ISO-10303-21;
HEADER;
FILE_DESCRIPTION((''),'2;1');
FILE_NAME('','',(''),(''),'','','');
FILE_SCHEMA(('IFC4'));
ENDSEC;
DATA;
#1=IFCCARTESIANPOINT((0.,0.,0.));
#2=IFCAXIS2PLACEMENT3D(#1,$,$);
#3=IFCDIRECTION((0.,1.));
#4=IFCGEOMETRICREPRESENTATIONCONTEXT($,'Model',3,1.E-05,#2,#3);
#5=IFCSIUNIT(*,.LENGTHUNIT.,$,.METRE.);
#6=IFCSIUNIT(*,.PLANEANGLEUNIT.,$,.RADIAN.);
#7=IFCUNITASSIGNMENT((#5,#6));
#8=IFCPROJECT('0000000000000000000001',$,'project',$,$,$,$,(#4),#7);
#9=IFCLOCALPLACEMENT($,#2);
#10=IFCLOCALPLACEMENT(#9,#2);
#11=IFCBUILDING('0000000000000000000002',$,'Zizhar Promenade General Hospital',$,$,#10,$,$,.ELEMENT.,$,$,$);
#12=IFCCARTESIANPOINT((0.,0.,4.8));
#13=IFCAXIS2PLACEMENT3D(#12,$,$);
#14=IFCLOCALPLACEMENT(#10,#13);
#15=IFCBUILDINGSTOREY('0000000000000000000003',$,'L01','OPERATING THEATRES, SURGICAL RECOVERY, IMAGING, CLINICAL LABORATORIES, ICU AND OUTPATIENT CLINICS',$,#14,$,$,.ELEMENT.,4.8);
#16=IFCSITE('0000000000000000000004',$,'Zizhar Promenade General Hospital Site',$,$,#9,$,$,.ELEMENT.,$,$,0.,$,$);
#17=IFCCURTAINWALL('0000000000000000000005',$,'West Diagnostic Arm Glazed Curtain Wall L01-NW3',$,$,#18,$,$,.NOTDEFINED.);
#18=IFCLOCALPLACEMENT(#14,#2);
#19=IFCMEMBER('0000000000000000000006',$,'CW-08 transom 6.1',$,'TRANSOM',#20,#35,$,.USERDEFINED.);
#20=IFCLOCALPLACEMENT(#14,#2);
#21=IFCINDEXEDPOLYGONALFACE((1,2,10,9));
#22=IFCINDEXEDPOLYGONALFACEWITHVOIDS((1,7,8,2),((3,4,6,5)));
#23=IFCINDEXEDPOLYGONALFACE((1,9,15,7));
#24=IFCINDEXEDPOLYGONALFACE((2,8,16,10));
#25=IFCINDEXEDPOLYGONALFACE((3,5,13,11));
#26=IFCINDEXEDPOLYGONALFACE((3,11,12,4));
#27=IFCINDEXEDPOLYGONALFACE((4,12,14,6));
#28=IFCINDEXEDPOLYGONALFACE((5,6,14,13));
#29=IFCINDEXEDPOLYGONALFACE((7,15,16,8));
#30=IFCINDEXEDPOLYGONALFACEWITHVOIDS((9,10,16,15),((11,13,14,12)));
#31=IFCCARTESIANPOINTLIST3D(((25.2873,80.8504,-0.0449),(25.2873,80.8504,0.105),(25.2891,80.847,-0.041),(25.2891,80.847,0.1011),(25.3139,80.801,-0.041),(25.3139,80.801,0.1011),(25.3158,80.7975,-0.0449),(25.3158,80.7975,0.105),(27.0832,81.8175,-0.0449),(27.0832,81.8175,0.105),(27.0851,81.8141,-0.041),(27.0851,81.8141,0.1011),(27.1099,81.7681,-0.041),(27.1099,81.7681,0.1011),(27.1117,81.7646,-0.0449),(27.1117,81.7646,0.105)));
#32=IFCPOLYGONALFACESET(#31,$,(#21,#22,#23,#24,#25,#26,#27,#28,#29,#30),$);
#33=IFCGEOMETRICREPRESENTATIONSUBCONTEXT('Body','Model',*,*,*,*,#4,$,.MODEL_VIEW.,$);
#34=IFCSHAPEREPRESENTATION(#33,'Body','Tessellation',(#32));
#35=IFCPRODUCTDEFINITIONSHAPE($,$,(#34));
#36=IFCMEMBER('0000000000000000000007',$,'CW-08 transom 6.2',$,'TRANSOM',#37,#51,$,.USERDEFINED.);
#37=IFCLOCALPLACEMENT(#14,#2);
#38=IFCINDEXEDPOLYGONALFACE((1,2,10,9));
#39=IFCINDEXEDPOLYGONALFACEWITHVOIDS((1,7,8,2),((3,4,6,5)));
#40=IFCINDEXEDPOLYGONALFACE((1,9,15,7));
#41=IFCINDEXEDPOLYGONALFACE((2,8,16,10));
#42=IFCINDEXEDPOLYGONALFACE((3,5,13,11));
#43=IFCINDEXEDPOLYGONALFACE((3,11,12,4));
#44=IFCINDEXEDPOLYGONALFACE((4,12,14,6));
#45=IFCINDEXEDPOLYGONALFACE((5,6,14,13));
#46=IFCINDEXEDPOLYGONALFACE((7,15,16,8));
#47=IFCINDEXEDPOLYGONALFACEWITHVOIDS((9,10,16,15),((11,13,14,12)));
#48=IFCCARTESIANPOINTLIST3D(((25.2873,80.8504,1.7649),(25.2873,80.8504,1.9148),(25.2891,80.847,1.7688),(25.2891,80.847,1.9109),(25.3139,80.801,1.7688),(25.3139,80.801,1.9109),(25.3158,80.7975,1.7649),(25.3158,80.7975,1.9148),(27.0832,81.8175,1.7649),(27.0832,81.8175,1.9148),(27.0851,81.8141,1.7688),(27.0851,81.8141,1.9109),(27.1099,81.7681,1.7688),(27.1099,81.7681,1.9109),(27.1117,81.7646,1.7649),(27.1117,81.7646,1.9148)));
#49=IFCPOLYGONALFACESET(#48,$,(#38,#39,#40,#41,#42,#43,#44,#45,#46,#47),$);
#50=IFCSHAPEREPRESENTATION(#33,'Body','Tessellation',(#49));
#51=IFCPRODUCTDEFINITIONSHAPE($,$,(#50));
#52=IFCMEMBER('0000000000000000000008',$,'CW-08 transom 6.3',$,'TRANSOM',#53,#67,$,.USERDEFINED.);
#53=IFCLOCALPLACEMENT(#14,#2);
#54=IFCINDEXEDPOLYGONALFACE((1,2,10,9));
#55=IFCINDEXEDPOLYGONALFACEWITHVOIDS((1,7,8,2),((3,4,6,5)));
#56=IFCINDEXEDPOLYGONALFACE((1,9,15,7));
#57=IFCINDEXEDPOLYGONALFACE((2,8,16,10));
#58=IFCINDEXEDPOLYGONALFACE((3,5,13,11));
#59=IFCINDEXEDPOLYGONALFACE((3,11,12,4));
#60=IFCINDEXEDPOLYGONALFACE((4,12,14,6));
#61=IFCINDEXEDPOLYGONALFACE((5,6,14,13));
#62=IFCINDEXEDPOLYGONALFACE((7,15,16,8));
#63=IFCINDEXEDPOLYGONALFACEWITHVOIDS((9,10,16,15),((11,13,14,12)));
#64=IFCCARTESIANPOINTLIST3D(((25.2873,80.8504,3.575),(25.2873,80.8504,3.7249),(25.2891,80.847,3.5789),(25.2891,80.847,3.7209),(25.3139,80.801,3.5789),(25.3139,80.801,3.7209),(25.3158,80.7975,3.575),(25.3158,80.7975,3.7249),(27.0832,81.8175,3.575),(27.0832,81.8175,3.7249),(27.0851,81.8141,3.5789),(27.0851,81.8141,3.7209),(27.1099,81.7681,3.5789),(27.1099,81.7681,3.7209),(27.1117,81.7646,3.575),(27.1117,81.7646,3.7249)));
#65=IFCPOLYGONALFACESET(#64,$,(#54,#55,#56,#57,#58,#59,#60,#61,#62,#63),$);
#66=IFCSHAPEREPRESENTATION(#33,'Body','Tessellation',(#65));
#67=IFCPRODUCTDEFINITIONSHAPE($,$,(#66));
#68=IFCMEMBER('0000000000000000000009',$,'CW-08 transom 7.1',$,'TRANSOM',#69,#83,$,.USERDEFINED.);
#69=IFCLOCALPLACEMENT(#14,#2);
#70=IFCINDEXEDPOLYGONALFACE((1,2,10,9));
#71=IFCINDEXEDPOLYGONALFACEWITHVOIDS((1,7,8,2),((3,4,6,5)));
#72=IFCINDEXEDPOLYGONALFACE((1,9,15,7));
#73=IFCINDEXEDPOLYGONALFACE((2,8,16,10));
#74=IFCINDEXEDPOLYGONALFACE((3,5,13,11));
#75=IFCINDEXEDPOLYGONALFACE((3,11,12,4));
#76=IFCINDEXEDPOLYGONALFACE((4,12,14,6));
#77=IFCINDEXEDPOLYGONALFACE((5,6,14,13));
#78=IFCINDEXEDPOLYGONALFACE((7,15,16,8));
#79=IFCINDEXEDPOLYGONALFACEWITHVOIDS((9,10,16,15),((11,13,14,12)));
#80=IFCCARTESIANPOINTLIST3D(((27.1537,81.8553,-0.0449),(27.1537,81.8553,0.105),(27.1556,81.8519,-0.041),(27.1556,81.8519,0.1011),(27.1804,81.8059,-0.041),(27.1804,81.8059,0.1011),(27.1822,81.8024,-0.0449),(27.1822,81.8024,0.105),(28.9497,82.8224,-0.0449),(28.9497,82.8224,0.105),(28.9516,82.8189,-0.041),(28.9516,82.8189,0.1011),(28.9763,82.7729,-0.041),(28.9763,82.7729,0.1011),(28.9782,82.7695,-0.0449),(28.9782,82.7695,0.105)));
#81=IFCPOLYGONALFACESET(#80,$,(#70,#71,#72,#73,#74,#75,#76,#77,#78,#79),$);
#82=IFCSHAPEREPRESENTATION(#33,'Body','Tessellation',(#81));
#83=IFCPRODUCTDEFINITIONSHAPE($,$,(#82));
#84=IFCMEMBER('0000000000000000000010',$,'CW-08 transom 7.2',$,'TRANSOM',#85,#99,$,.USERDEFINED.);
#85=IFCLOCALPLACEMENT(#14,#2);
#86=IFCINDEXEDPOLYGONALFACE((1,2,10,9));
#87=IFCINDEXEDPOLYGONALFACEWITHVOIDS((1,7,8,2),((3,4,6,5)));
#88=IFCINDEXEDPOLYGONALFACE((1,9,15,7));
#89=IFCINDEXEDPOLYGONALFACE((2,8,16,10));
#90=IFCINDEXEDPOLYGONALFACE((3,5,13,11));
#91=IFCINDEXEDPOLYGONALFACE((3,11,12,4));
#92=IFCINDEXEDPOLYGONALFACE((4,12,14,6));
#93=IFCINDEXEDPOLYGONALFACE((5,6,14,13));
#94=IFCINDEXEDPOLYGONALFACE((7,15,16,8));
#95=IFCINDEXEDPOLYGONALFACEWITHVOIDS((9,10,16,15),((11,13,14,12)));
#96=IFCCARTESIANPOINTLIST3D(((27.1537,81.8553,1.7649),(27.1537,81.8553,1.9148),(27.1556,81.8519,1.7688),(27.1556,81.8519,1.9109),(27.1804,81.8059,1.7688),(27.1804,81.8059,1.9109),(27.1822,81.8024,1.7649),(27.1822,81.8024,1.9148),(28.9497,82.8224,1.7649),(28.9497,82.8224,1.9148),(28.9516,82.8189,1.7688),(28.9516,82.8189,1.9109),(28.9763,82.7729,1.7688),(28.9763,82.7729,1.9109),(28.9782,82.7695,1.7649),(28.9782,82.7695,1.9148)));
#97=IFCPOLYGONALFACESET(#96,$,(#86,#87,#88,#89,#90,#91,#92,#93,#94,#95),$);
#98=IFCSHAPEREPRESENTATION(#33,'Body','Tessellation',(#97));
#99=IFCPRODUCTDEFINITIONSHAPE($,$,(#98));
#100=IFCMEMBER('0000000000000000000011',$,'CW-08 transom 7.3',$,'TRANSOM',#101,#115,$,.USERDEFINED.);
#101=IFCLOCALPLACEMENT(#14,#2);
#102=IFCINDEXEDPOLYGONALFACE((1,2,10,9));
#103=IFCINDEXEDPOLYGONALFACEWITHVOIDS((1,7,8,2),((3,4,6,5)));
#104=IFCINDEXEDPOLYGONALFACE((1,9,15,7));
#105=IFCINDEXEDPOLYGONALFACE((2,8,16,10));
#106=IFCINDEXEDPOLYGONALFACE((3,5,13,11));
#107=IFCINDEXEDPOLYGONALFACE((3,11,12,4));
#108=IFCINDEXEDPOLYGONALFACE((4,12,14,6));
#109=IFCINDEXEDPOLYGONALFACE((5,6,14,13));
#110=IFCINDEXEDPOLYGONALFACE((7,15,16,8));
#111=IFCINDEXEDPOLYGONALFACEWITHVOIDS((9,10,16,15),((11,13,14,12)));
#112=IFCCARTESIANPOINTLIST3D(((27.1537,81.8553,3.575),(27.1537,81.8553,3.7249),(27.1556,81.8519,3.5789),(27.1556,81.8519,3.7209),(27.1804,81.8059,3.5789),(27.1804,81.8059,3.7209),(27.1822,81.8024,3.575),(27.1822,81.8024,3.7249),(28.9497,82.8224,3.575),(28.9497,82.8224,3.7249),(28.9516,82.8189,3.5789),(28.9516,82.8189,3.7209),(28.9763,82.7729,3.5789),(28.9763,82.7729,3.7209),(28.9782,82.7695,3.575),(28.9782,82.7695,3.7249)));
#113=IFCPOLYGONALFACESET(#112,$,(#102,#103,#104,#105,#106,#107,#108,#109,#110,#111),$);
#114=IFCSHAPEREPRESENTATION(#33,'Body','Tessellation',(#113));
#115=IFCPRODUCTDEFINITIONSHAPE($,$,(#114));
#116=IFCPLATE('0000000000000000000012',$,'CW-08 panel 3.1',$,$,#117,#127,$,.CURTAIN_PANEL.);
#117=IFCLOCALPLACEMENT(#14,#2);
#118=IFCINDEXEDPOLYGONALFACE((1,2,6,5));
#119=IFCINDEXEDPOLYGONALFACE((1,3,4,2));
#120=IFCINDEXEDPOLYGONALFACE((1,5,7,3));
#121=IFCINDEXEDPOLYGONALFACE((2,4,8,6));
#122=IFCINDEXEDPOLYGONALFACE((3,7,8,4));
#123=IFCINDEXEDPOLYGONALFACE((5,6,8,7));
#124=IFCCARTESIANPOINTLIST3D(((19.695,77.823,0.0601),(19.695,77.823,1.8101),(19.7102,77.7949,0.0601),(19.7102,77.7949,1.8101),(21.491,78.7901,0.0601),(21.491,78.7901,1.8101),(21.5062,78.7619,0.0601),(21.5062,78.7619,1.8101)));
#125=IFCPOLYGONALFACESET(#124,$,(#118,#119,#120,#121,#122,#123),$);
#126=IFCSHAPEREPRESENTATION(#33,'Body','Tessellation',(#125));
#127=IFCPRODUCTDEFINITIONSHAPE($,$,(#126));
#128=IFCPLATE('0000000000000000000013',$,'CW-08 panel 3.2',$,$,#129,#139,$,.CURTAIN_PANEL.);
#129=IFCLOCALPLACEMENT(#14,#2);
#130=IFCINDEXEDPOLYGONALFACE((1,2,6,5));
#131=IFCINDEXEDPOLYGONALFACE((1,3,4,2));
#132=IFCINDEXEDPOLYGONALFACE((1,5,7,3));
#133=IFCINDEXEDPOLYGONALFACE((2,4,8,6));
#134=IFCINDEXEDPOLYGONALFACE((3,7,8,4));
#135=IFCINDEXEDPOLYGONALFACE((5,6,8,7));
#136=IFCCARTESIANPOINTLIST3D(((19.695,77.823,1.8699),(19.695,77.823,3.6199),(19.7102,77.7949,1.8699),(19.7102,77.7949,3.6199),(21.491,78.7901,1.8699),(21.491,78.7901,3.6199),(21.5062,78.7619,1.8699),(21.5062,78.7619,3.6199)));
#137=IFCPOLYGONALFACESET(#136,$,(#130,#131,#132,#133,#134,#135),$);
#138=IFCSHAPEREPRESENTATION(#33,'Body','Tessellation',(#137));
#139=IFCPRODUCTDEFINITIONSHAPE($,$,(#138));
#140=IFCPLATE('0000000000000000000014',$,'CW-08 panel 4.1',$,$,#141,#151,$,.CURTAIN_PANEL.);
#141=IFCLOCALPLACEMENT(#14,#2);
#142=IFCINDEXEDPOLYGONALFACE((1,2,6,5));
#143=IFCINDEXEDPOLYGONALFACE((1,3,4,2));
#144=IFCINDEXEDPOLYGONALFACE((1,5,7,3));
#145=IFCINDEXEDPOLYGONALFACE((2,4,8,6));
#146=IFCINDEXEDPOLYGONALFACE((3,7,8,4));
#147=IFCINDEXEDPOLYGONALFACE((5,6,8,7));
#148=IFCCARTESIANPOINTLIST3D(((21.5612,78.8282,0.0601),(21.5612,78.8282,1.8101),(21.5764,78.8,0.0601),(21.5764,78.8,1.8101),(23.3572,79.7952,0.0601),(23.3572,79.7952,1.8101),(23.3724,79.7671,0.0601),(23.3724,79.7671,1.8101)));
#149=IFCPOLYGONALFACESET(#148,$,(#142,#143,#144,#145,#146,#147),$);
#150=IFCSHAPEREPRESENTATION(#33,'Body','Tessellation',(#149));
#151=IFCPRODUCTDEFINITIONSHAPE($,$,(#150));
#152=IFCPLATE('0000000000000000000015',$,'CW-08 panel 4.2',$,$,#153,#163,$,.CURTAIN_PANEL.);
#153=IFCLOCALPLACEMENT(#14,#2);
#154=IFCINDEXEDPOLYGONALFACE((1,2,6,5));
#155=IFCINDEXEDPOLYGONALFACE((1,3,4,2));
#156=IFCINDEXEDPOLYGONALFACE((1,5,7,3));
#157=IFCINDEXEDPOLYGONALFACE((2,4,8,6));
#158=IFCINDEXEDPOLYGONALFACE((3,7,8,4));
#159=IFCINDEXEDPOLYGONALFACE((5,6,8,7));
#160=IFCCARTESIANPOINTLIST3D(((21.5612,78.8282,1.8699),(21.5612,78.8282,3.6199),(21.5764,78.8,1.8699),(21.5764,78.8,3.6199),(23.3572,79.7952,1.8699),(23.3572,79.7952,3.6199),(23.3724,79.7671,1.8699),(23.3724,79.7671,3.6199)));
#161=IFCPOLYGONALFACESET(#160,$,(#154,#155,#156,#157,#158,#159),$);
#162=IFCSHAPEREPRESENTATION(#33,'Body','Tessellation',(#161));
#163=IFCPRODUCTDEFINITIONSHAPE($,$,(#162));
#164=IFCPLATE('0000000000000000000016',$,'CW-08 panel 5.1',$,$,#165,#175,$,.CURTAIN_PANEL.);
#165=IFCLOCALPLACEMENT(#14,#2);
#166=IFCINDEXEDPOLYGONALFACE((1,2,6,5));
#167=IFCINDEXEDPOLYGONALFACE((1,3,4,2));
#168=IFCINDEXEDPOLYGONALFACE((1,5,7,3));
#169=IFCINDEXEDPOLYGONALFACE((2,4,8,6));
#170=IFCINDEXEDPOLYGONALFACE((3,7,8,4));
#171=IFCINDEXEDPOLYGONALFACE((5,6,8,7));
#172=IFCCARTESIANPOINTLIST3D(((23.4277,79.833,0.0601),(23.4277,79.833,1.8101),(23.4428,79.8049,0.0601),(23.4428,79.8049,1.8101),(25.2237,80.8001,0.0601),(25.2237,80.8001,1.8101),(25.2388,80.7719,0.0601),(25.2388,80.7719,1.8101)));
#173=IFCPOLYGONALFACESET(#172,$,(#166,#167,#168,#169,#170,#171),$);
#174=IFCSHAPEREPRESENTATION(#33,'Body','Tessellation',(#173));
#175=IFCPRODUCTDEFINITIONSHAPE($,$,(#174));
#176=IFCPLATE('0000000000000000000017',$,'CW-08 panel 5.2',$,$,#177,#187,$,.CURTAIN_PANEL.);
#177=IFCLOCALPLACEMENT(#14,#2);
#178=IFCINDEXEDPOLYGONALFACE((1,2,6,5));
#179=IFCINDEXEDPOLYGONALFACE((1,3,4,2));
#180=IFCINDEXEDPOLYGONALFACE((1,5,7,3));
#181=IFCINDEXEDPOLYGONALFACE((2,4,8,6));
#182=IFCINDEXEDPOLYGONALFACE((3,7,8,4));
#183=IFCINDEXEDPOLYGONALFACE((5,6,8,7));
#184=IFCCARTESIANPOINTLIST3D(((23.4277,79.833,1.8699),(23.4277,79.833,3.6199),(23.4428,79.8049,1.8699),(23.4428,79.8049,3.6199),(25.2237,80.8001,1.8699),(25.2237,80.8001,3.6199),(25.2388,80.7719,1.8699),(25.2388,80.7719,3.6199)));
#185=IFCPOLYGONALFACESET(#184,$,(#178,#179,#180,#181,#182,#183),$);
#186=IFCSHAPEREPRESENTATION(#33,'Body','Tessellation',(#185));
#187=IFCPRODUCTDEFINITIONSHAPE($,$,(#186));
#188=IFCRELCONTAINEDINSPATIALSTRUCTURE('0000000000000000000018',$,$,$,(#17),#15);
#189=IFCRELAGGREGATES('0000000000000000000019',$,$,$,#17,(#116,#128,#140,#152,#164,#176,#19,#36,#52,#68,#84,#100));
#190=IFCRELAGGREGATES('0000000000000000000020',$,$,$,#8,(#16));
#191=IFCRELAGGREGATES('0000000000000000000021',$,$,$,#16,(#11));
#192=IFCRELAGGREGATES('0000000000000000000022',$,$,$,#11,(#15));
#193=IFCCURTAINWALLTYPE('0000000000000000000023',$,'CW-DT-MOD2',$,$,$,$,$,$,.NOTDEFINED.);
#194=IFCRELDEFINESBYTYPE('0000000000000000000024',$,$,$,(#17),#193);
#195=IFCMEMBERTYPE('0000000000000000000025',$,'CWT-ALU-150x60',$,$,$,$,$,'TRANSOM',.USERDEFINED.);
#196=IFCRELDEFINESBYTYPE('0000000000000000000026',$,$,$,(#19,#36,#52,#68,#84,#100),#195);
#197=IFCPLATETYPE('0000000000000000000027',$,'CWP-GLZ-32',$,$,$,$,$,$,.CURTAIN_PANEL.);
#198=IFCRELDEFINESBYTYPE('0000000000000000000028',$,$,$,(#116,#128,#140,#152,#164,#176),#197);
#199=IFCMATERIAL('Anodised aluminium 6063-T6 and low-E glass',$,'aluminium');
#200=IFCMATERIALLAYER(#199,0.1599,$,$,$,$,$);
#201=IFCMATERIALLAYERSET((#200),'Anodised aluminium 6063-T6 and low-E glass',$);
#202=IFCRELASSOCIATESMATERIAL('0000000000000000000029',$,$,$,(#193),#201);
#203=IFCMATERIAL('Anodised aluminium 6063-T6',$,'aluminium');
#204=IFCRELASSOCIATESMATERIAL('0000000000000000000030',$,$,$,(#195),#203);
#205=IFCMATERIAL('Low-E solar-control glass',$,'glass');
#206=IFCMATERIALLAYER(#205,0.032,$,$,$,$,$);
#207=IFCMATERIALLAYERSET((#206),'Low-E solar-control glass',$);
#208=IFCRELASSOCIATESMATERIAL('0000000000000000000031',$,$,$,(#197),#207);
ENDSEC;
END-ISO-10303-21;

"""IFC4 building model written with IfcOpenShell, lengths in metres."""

from ifc_helpers import new_model, si_unit, direction, frame, origin, origin_2d, place, context, subcontext, project, spatial, rectangle, hollow_rectangle, extrude, material, layer, layer_set, material_profile, profile_set, type_object, element, aggregate, save


model = new_model("IFC4")

# Units and contexts
model_context = context("Model", 3, precision=1e-05, world=origin(), true_north=direction((0.0, 1.0)))
body_context = subcontext(model_context, "Body", "Model", "MODEL_VIEW")
ifc_project = project(units=[si_unit("LENGTHUNIT", "METRE"), si_unit("PLANEANGLEUNIT", "RADIAN")], contexts=[model_context])

# Site, building, storey
site_placement = place(None, origin())
site = spatial("IfcSite", under=ifc_project, at=site_placement, Name="Zizhar Promenade General Hospital Site", CompositionType="ELEMENT", RefElevation=0.0)
building_placement = place(site_placement, origin())
building = spatial("IfcBuilding", under=site, at=building_placement, Name="Zizhar Promenade General Hospital", CompositionType="ELEMENT")
storey_placement = place(building_placement, frame((0.0, 0.0, 4.8)))
storey = spatial("IfcBuildingStorey", under=building, at=storey_placement, Name="L01", Description="OPERATING THEATRES, SURGICAL RECOVERY, IMAGING, CLINICAL LABORATORIES, ICU AND OUTPATIENT CLINICS", CompositionType="ELEMENT", Elevation=4.8)

# Curtain wall, members, plates
ifc_material_1 = material(Name="Anodised aluminium 6063-T6 and low-E glass", Category="aluminium")
ifc_layer_1 = layer(ifc_material_1, 0.1599)
ifc_layer_set_1 = layer_set([ifc_layer_1], Name="Anodised aluminium 6063-T6 and low-E glass")
curtain_wall_type = type_object("IfcCurtainWallType", Name="CW-DT-MOD2", PredefinedType="NOTDEFINED", material=ifc_layer_set_1)
curtain_wall_placement = place(storey_placement, origin())
curtain_wall = element("IfcCurtainWall", 1, at=curtain_wall_placement, inside=storey, type_object=curtain_wall_type, Name="West Diagnostic Arm Glazed Curtain Wall L01-NW3", PredefinedType="NOTDEFINED")
ifc_material_2 = material(Name="Anodised aluminium 6063-T6", Category="aluminium")
ifc_material_profile_1 = material_profile(ifc_material_2, hollow_rectangle(XDim=0.0601, YDim=0.1499, WallThickness=0.0039, at=origin_2d()))
ifc_profile_set_1 = profile_set([ifc_material_profile_1], Name="Anodised aluminium 6063-T6")
member_type_1 = type_object("IfcMemberType", Name="CWT-ALU-150x60", ElementType="TRANSOM", PredefinedType="USERDEFINED", material=ifc_profile_set_1)
member_1_placement = place(storey_placement, frame((25.3015, 80.824, 0.03), z_axis=(0.880467, 0.474107, 0.0), x_axis=(-0.474107, 0.880467, 0.0)))
member_1 = element("IfcMember", 2, at=member_1_placement, type_object=member_type_1, Name="CW-08 transom 6.1", ObjectType="TRANSOM", PredefinedType="USERDEFINED", context=body_context, shape_type="SweptSolid", body=[
    extrude(hollow_rectangle(XDim=0.0601, YDim=0.1499, WallThickness=0.0039, at=origin_2d()), origin(), (0.0, 0.0, 1.0), 2.0398),
])
member_2_placement = place(storey_placement, frame((25.3015, 80.824, 1.8398), z_axis=(0.880467, 0.474107, 0.0), x_axis=(-0.474107, 0.880467, 0.0)))
member_2 = element("IfcMember", 3, at=member_2_placement, type_object=member_type_1, Name="CW-08 transom 6.2", ObjectType="TRANSOM", PredefinedType="USERDEFINED", context=body_context, shape_type="SweptSolid", body=[
    extrude(hollow_rectangle(XDim=0.0601, YDim=0.1499, WallThickness=0.0039, at=origin_2d()), origin(), (0.0, 0.0, 1.0), 2.0398),
])
member_3_placement = place(storey_placement, frame((25.3015, 80.824, 3.6499), z_axis=(0.880467, 0.474107, 0.0), x_axis=(-0.474107, 0.880467, 0.0)))
member_3 = element("IfcMember", 4, at=member_3_placement, type_object=member_type_1, Name="CW-08 transom 6.3", ObjectType="TRANSOM", PredefinedType="USERDEFINED", context=body_context, shape_type="SweptSolid", body=[
    extrude(hollow_rectangle(XDim=0.0601, YDim=0.1499, WallThickness=0.0039, at=origin_2d()), origin(), (0.0, 0.0, 1.0), 2.0398),
])
member_4_placement = place(storey_placement, frame((27.168, 81.8289, 0.03), z_axis=(0.880467, 0.474107, 0.0), x_axis=(-0.474107, 0.880467, 0.0)))
member_4 = element("IfcMember", 5, at=member_4_placement, type_object=member_type_1, Name="CW-08 transom 7.1", ObjectType="TRANSOM", PredefinedType="USERDEFINED", context=body_context, shape_type="SweptSolid", body=[
    extrude(hollow_rectangle(XDim=0.0601, YDim=0.1499, WallThickness=0.0039, at=origin_2d()), origin(), (0.0, 0.0, 1.0), 2.0398),
])
member_5_placement = place(storey_placement, frame((27.168, 81.8289, 1.8398), z_axis=(0.880467, 0.474107, 0.0), x_axis=(-0.474107, 0.880467, 0.0)))
member_5 = element("IfcMember", 6, at=member_5_placement, type_object=member_type_1, Name="CW-08 transom 7.2", ObjectType="TRANSOM", PredefinedType="USERDEFINED", context=body_context, shape_type="SweptSolid", body=[
    extrude(hollow_rectangle(XDim=0.0601, YDim=0.1499, WallThickness=0.0039, at=origin_2d()), origin(), (0.0, 0.0, 1.0), 2.0398),
])
member_6_placement = place(storey_placement, frame((27.168, 81.8289, 3.6499), z_axis=(0.880467, 0.474107, 0.0), x_axis=(-0.474107, 0.880467, 0.0)))
member_6 = element("IfcMember", 7, at=member_6_placement, type_object=member_type_1, Name="CW-08 transom 7.3", ObjectType="TRANSOM", PredefinedType="USERDEFINED", context=body_context, shape_type="SweptSolid", body=[
    extrude(hollow_rectangle(XDim=0.0601, YDim=0.1499, WallThickness=0.0039, at=origin_2d()), origin(), (0.0, 0.0, 1.0), 2.0398),
])
ifc_material_3 = material(Name="Low-E solar-control glass", Category="glass")
ifc_layer_2 = layer(ifc_material_3, 0.032)
ifc_layer_set_2 = layer_set([ifc_layer_2], Name="Low-E solar-control glass")
plate_type = type_object("IfcPlateType", Name="CWP-GLZ-32", PredefinedType="CURTAIN_PANEL", material=ifc_layer_set_2)
plate_1_placement = place(storey_placement, frame((20.6006, 78.2925, 0.0601), z_axis=(0.0, 0.0, 1.0), x_axis=(0.880473, 0.474097, 0.0)))
plate_1 = element("IfcPlate", 8, at=plate_1_placement, type_object=plate_type, Name="CW-08 panel 3.1", PredefinedType="CURTAIN_PANEL", context=body_context, shape_type="SweptSolid", body=[
    extrude(rectangle(XDim=2.0398, YDim=0.032, at=origin_2d()), origin(), (0.0, 0.0, 1.0), 1.75),
])
plate_2_placement = place(storey_placement, frame((20.6006, 78.2925, 1.8699), z_axis=(0.0, 0.0, 1.0), x_axis=(0.880473, 0.474097, 0.0)))
plate_2 = element("IfcPlate", 9, at=plate_2_placement, type_object=plate_type, Name="CW-08 panel 3.2", PredefinedType="CURTAIN_PANEL", context=body_context, shape_type="SweptSolid", body=[
    extrude(rectangle(XDim=2.0398, YDim=0.032, at=origin_2d()), origin(), (0.0, 0.0, 1.0), 1.75),
])
plate_3_placement = place(storey_placement, frame((22.4668, 79.2976, 0.0601), z_axis=(0.0, 0.0, 1.0), x_axis=(0.880473, 0.474097, 0.0)))
plate_3 = element("IfcPlate", 10, at=plate_3_placement, type_object=plate_type, Name="CW-08 panel 4.1", PredefinedType="CURTAIN_PANEL", context=body_context, shape_type="SweptSolid", body=[
    extrude(rectangle(XDim=2.0398, YDim=0.032, at=origin_2d()), origin(), (0.0, 0.0, 1.0), 1.75),
])
plate_4_placement = place(storey_placement, frame((22.4668, 79.2976, 1.8699), z_axis=(0.0, 0.0, 1.0), x_axis=(0.880473, 0.474097, 0.0)))
plate_4 = element("IfcPlate", 11, at=plate_4_placement, type_object=plate_type, Name="CW-08 panel 4.2", PredefinedType="CURTAIN_PANEL", context=body_context, shape_type="SweptSolid", body=[
    extrude(rectangle(XDim=2.0398, YDim=0.032, at=origin_2d()), origin(), (0.0, 0.0, 1.0), 1.75),
])
plate_5_placement = place(storey_placement, frame((24.3333, 80.3025, 0.0601), z_axis=(0.0, 0.0, 1.0), x_axis=(0.880473, 0.474097, 0.0)))
plate_5 = element("IfcPlate", 12, at=plate_5_placement, type_object=plate_type, Name="CW-08 panel 5.1", PredefinedType="CURTAIN_PANEL", context=body_context, shape_type="SweptSolid", body=[
    extrude(rectangle(XDim=2.0398, YDim=0.032, at=origin_2d()), origin(), (0.0, 0.0, 1.0), 1.75),
])
plate_6_placement = place(storey_placement, frame((24.3333, 80.3025, 1.8699), z_axis=(0.0, 0.0, 1.0), x_axis=(0.880473, 0.474097, 0.0)))
plate_6 = element("IfcPlate", 13, at=plate_6_placement, type_object=plate_type, Name="CW-08 panel 5.2", PredefinedType="CURTAIN_PANEL", context=body_context, shape_type="SweptSolid", body=[
    extrude(rectangle(XDim=2.0398, YDim=0.032, at=origin_2d()), origin(), (0.0, 0.0, 1.0), 1.75),
])
aggregate(curtain_wall, [plate_1, plate_2, plate_3, plate_4, plate_5, plate_6, member_1, member_2, member_3, member_4, member_5, member_6])

save(model, "model.ifc")
